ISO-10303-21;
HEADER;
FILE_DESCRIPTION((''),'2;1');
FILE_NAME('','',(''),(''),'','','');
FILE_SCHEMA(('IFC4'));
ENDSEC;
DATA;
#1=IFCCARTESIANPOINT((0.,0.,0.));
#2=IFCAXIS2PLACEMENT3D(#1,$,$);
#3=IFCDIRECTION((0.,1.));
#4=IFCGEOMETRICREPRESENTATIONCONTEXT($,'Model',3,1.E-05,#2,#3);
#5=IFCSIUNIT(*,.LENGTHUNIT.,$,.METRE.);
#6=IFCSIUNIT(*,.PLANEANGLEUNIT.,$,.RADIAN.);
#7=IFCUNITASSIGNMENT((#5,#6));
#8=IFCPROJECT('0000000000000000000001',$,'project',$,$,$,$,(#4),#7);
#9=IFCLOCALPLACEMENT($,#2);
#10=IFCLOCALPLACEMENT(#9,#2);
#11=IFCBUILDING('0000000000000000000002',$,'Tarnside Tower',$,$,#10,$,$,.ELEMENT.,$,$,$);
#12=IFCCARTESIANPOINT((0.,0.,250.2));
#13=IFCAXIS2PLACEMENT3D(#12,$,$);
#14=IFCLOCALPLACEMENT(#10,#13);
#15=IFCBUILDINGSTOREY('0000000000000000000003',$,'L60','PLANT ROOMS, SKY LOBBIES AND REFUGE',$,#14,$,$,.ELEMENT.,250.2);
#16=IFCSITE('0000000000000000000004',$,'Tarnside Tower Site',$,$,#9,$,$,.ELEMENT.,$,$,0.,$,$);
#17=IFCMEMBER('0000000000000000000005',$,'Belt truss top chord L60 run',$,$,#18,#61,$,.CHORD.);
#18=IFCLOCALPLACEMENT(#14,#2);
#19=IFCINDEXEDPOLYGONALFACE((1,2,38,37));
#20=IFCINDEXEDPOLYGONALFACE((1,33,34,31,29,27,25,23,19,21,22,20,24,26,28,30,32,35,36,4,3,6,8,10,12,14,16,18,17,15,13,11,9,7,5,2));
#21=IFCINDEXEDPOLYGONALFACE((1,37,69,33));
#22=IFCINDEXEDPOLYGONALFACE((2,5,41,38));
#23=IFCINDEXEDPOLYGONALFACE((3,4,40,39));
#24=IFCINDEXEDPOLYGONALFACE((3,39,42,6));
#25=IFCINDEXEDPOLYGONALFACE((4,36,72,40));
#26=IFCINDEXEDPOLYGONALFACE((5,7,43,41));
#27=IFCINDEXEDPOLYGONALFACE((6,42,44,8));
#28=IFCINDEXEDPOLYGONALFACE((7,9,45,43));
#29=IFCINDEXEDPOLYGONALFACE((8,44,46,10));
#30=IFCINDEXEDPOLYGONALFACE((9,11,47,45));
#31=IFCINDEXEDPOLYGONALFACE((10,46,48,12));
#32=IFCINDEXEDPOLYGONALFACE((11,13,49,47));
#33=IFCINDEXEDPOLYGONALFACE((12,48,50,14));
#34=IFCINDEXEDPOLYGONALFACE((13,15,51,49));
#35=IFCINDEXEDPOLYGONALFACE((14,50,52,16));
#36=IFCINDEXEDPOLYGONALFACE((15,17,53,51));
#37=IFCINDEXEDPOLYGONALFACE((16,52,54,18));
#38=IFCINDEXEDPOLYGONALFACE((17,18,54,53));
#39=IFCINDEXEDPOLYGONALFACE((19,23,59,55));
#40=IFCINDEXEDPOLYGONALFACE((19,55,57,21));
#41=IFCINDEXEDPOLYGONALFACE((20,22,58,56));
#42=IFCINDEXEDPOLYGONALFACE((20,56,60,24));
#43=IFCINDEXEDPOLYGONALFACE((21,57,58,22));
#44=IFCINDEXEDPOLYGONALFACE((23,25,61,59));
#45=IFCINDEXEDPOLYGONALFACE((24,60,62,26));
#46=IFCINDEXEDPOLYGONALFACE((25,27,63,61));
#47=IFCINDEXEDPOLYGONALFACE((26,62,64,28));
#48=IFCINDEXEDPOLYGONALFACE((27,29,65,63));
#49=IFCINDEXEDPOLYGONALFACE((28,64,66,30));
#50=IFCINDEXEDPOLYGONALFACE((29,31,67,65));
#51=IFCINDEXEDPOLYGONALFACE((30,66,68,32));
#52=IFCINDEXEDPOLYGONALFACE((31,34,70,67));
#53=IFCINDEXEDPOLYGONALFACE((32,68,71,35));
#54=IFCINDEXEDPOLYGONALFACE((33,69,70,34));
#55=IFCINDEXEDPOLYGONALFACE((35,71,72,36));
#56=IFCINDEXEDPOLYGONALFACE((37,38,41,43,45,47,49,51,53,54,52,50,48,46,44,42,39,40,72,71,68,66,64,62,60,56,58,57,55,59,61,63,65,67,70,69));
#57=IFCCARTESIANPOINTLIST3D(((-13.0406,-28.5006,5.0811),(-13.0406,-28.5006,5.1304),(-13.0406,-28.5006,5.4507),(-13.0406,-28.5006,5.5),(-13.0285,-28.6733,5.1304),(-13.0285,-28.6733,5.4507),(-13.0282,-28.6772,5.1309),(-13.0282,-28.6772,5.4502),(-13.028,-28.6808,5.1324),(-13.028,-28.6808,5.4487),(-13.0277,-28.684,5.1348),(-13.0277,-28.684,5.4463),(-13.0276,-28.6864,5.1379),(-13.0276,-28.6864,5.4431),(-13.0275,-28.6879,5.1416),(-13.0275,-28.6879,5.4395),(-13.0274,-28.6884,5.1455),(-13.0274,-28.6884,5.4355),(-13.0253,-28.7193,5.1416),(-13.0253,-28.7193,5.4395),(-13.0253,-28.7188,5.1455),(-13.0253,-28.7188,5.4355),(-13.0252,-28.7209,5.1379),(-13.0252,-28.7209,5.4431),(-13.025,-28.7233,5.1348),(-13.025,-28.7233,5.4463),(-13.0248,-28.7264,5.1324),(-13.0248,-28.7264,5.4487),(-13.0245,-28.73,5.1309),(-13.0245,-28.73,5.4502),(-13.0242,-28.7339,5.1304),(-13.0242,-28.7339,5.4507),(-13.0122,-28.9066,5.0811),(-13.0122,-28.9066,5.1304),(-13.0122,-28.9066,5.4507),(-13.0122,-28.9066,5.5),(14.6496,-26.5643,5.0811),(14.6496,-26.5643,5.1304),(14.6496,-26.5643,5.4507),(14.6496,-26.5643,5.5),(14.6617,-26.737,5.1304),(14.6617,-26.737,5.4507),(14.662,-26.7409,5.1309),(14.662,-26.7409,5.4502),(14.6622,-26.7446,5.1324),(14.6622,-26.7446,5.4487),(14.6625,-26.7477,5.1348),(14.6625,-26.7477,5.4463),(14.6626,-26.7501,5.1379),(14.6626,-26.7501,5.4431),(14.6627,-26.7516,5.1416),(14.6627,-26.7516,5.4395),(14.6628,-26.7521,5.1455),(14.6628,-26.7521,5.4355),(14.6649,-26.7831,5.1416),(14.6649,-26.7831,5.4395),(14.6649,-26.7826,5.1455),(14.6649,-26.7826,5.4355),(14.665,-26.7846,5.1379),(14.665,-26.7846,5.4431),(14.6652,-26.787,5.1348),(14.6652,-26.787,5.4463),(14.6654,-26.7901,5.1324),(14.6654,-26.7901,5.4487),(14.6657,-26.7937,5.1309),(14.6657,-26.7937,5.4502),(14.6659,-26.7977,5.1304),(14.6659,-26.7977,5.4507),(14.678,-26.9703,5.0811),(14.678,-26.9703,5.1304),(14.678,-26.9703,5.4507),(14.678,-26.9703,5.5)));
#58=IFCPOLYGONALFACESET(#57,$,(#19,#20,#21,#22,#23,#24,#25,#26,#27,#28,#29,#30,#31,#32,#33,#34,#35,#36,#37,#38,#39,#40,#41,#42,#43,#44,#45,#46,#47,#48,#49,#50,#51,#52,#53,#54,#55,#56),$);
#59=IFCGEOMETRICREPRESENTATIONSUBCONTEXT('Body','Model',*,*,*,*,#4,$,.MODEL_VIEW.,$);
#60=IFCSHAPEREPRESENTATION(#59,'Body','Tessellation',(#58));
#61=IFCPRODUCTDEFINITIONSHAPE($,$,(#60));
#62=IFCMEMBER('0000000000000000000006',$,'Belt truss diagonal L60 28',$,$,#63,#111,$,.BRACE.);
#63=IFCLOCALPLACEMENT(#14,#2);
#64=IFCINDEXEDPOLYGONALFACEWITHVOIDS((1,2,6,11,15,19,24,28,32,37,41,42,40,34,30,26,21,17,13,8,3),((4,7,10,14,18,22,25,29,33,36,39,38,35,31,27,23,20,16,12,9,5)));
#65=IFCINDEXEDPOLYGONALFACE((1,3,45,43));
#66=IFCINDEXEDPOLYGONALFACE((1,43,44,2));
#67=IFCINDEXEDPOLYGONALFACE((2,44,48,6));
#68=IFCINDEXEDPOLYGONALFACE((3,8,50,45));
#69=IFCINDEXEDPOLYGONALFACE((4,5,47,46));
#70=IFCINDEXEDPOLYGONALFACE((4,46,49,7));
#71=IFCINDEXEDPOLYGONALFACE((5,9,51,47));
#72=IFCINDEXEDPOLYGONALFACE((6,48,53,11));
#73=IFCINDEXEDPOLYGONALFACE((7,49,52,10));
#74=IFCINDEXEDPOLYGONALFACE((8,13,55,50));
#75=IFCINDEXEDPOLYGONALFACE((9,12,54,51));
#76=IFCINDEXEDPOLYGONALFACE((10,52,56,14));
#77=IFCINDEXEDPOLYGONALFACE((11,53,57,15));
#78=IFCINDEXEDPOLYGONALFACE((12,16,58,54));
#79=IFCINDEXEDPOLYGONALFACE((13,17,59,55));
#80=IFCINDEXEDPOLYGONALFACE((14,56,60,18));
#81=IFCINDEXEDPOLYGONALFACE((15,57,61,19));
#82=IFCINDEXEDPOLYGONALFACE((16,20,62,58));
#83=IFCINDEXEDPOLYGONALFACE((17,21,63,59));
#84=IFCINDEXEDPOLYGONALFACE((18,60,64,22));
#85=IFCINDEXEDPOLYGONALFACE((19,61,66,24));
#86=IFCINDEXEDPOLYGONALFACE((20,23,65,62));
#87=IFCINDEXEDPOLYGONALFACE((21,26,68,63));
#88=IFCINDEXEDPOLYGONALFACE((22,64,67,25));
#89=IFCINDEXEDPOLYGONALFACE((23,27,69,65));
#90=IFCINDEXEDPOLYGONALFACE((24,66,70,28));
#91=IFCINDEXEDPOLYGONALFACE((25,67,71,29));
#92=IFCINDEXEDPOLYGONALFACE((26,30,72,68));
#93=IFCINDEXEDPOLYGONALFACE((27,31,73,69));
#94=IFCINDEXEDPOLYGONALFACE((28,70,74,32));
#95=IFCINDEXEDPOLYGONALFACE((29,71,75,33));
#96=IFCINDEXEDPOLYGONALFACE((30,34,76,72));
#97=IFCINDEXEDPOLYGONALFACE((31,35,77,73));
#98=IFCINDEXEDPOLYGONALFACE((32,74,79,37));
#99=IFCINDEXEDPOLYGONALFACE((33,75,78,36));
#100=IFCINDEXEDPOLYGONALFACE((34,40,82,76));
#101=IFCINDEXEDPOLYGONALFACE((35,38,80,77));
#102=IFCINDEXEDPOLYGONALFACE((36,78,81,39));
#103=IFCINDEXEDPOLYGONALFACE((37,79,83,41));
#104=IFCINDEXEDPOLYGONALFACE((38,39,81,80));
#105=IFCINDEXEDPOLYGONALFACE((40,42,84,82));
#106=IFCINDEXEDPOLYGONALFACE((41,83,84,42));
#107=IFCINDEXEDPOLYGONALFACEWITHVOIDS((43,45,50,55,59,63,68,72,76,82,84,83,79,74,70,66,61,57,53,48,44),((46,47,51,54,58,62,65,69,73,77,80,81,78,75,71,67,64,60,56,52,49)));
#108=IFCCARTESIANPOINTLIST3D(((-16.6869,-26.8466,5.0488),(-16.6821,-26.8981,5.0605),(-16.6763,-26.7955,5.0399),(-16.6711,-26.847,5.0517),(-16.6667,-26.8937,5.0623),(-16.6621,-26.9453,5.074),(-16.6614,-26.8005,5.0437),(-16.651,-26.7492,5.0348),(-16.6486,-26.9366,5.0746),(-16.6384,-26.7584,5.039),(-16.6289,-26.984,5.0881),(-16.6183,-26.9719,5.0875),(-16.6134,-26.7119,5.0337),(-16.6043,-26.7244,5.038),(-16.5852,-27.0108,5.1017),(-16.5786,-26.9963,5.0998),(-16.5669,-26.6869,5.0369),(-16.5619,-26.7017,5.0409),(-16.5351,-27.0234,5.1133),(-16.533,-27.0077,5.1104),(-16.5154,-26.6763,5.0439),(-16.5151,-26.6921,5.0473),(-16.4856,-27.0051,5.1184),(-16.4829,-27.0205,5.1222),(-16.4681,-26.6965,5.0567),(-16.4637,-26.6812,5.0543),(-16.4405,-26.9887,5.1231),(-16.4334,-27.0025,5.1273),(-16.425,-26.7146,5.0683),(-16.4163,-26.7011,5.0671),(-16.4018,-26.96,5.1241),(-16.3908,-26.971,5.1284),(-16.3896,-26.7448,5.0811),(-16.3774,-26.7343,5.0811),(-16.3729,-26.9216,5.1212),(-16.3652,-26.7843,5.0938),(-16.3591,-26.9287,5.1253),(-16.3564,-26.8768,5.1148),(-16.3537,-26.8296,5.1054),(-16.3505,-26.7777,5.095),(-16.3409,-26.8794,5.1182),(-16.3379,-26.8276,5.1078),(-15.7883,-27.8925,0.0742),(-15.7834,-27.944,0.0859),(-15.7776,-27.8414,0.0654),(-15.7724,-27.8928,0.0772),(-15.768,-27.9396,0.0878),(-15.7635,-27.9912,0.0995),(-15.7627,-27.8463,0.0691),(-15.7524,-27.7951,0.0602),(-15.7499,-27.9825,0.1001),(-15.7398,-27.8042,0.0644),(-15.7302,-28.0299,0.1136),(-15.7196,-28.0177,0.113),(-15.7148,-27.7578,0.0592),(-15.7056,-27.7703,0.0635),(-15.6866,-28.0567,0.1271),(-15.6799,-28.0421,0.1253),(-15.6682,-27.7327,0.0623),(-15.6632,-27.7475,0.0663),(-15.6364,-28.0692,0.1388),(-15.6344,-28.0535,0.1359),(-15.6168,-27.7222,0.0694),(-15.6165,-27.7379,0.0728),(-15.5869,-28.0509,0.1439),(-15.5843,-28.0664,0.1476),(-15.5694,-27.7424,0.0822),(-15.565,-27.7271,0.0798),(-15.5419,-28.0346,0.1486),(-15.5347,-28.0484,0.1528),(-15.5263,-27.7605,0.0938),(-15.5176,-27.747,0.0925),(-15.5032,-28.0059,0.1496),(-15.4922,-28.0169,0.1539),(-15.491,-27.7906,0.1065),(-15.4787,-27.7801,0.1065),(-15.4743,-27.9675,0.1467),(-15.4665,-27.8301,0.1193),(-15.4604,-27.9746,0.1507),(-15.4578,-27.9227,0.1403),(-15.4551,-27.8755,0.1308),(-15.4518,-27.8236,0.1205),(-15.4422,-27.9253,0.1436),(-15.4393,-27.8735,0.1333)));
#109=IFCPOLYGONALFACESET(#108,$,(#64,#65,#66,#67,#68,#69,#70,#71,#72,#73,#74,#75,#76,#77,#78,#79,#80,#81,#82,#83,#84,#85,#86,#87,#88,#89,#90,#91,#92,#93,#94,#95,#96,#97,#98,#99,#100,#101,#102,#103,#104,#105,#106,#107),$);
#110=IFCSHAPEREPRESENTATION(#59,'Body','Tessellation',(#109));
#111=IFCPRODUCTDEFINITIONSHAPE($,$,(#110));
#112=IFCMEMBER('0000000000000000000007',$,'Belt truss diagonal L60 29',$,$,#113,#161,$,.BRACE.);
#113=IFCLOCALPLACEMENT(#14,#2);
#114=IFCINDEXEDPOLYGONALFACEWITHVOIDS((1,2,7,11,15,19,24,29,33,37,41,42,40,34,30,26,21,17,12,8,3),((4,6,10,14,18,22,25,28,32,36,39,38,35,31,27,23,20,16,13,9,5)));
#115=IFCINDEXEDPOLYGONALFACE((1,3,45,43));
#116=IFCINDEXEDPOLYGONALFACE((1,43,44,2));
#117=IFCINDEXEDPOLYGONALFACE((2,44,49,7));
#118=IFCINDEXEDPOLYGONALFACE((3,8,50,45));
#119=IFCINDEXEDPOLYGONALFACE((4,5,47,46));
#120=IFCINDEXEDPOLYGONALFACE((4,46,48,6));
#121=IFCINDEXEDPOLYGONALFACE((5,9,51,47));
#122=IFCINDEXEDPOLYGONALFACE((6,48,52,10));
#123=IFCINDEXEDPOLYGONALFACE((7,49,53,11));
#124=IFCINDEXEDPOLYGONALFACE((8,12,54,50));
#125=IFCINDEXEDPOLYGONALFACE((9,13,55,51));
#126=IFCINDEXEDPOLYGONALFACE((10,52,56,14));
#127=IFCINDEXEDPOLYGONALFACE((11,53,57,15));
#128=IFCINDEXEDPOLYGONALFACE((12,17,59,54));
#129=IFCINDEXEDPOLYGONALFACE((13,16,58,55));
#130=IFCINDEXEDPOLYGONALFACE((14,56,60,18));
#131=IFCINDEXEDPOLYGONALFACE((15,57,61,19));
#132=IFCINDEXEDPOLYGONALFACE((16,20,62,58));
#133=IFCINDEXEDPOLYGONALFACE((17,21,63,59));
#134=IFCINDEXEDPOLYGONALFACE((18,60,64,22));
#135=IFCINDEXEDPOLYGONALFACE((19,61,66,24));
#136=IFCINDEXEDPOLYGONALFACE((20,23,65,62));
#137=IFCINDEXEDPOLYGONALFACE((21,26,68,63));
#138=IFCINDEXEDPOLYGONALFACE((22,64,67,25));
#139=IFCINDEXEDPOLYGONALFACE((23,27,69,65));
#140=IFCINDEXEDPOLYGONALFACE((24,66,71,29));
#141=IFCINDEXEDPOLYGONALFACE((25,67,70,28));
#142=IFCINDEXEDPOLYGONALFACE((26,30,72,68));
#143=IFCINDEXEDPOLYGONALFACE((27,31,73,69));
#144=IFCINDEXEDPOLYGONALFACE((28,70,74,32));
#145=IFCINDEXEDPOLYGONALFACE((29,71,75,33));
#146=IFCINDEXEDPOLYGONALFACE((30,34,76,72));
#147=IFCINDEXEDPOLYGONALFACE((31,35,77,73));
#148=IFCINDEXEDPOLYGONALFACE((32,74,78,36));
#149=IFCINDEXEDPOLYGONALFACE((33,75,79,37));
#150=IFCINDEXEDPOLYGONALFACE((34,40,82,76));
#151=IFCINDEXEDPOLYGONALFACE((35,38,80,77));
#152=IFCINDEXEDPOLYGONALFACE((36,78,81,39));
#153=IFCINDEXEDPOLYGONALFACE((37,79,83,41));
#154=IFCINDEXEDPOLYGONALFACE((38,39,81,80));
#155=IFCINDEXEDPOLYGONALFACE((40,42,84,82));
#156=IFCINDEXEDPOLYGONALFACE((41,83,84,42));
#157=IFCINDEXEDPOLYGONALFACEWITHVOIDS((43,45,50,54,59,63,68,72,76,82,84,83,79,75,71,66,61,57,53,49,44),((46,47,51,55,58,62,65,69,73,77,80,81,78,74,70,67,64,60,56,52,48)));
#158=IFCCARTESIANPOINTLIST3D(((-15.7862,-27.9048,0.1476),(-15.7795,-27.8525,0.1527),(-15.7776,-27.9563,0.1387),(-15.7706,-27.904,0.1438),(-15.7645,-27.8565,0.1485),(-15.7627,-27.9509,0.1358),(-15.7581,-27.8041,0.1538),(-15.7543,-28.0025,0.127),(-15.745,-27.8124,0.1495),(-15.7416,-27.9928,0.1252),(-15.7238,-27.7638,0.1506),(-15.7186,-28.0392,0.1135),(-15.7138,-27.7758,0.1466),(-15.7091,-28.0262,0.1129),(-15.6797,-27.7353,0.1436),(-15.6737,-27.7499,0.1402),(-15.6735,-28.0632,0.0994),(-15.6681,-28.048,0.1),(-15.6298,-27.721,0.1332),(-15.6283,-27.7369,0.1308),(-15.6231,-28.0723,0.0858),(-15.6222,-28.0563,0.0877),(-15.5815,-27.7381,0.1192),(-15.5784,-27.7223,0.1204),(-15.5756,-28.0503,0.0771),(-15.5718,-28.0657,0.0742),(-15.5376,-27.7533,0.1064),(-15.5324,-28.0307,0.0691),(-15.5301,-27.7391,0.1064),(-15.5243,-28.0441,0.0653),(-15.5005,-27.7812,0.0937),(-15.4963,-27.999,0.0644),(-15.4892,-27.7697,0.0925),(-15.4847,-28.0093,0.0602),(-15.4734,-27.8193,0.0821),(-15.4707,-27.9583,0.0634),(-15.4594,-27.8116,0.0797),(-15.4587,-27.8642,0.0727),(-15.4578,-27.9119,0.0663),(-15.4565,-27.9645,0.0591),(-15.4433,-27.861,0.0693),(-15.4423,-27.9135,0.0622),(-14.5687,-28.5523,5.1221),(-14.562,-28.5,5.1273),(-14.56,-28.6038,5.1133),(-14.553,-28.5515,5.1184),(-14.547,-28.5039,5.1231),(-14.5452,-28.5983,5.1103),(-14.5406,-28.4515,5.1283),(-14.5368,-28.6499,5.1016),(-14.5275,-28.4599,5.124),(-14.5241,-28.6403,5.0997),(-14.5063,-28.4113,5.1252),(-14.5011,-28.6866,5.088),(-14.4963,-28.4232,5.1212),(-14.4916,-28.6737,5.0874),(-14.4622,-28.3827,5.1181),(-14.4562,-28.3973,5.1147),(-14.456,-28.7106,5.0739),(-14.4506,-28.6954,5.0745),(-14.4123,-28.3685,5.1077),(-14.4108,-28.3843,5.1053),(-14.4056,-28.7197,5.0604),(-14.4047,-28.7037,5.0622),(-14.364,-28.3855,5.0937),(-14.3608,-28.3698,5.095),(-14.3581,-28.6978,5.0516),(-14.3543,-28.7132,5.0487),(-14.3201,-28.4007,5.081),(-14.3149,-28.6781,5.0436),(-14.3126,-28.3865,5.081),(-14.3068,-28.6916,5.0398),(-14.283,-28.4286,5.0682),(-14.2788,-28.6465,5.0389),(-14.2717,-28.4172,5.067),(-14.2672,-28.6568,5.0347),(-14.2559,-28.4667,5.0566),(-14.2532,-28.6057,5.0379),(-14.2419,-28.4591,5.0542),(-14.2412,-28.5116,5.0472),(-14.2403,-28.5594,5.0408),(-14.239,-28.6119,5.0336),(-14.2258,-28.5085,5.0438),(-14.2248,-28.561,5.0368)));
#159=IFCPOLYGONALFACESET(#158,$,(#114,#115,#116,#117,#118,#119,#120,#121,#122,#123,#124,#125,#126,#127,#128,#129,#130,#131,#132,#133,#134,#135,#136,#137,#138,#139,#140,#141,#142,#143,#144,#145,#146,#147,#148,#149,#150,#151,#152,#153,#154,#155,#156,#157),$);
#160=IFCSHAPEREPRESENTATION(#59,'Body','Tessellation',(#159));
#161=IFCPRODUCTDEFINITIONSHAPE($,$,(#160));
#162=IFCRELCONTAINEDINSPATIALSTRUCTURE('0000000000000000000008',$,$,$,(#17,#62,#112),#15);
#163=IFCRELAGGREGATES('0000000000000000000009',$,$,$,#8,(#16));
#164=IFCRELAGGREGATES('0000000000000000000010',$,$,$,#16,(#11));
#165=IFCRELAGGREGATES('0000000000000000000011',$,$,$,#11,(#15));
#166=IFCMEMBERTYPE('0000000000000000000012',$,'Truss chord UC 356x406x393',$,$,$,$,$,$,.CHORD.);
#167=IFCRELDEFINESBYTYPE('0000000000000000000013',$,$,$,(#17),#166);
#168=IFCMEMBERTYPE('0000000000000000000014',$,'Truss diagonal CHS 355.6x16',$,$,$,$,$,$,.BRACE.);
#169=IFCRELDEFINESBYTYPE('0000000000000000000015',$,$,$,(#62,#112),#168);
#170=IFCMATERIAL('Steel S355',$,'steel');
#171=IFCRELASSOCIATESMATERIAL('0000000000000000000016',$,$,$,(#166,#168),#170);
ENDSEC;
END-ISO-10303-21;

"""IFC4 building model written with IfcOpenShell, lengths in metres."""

from ifc_helpers import new_model, si_unit, direction, frame, origin, origin_2d, place, context, subcontext, project, spatial, hollow_circle, i_section, extrude, material, material_profile, profile_set, type_object, element, save


model = new_model("IFC4")

# Units and contexts
model_context = context("Model", 3, precision=1e-05, world=origin(), true_north=direction((0.0, 1.0)))
body_context = subcontext(model_context, "Body", "Model", "MODEL_VIEW")
ifc_project = project(units=[si_unit("LENGTHUNIT", "METRE"), si_unit("PLANEANGLEUNIT", "RADIAN")], contexts=[model_context])

# Site, building, storey
site_placement = place(None, origin())
site = spatial("IfcSite", under=ifc_project, at=site_placement, Name="Tarnside Tower Site", CompositionType="ELEMENT", RefElevation=0.0)
building_placement = place(site_placement, origin())
building = spatial("IfcBuilding", under=site, at=building_placement, Name="Tarnside Tower", CompositionType="ELEMENT")
storey_placement = place(building_placement, frame((0.0, 0.0, 250.2)))
storey = spatial("IfcBuildingStorey", under=building, at=storey_placement, Name="L60", Description="PLANT ROOMS, SKY LOBBIES AND REFUGE", CompositionType="ELEMENT", Elevation=250.2)

# Shared definitions
ifc_material_1 = material(Name="Steel S355", Category="steel")

# Members
ifc_material_profile_1 = material_profile(ifc_material_1, i_section(OverallWidth=0.407, OverallDepth=0.4189, WebThickness=0.0305, FlangeThickness=0.0493, FilletRadius=0.0151, at=origin_2d()), Name="UC 356x406x393")
ifc_profile_set_1 = profile_set([ifc_material_profile_1], Name="Steel S355")
member_type_1 = type_object("IfcMemberType", Name="Truss chord UC 356x406x393", PredefinedType="CHORD", material=ifc_profile_set_1)
member_1_placement = place(storey_placement, frame((-13.0264, -28.7036, 5.2905), z_axis=(0.997564, 0.069756, 0.0), x_axis=(-0.069756, 0.997564, 0.0)))
element("IfcMember", 1, at=member_1_placement, inside=storey, type_object=member_type_1, Name="Belt truss top chord L60 run", PredefinedType="CHORD", context=body_context, shape_type="SweptSolid", body=[
    extrude(i_section(OverallWidth=0.407, OverallDepth=0.4189, WebThickness=0.0305, FlangeThickness=0.0493, FilletRadius=0.0151, at=origin_2d()), origin(), (0.0, 0.0, 1.0), 27.7578),
])
ifc_material_profile_2 = material_profile(ifc_material_1, hollow_circle(Radius=0.1777, WallThickness=0.0161, at=origin_2d()), Name="CHS 355.6x16")
ifc_profile_set_2 = profile_set([ifc_material_profile_2], Name="Steel S355")
member_type_2 = type_object("IfcMemberType", Name="Truss diagonal CHS 355.6x16", PredefinedType="BRACE", material=ifc_profile_set_2)
for number, where, z_axis, x_axis, name in (
    (2, (-16.5122, -26.8501, 5.0811), (0.174089, -0.202607, -0.963661), (0.758469, 0.651709, 0.0), "Belt truss diagonal L60 28"),
    (3, (-15.6135, -27.896, 0.1064), (0.235855, -0.125423, 0.96366), (0.469522, 0.882921, 0.0), "Belt truss diagonal L60 29"),
):
    element("IfcMember", number, at=place(storey_placement, frame(where, z_axis=z_axis, x_axis=x_axis)), inside=storey, type_object=member_type_2, Name=name, PredefinedType="BRACE", context=body_context, shape_type="SweptSolid", body=[
        extrude(hollow_circle(Radius=0.1777, WallThickness=0.0161, at=origin_2d()), origin(), (0.0, 0.0, 1.0), 5.1621),
    ])

save(model, "model.ifc")
